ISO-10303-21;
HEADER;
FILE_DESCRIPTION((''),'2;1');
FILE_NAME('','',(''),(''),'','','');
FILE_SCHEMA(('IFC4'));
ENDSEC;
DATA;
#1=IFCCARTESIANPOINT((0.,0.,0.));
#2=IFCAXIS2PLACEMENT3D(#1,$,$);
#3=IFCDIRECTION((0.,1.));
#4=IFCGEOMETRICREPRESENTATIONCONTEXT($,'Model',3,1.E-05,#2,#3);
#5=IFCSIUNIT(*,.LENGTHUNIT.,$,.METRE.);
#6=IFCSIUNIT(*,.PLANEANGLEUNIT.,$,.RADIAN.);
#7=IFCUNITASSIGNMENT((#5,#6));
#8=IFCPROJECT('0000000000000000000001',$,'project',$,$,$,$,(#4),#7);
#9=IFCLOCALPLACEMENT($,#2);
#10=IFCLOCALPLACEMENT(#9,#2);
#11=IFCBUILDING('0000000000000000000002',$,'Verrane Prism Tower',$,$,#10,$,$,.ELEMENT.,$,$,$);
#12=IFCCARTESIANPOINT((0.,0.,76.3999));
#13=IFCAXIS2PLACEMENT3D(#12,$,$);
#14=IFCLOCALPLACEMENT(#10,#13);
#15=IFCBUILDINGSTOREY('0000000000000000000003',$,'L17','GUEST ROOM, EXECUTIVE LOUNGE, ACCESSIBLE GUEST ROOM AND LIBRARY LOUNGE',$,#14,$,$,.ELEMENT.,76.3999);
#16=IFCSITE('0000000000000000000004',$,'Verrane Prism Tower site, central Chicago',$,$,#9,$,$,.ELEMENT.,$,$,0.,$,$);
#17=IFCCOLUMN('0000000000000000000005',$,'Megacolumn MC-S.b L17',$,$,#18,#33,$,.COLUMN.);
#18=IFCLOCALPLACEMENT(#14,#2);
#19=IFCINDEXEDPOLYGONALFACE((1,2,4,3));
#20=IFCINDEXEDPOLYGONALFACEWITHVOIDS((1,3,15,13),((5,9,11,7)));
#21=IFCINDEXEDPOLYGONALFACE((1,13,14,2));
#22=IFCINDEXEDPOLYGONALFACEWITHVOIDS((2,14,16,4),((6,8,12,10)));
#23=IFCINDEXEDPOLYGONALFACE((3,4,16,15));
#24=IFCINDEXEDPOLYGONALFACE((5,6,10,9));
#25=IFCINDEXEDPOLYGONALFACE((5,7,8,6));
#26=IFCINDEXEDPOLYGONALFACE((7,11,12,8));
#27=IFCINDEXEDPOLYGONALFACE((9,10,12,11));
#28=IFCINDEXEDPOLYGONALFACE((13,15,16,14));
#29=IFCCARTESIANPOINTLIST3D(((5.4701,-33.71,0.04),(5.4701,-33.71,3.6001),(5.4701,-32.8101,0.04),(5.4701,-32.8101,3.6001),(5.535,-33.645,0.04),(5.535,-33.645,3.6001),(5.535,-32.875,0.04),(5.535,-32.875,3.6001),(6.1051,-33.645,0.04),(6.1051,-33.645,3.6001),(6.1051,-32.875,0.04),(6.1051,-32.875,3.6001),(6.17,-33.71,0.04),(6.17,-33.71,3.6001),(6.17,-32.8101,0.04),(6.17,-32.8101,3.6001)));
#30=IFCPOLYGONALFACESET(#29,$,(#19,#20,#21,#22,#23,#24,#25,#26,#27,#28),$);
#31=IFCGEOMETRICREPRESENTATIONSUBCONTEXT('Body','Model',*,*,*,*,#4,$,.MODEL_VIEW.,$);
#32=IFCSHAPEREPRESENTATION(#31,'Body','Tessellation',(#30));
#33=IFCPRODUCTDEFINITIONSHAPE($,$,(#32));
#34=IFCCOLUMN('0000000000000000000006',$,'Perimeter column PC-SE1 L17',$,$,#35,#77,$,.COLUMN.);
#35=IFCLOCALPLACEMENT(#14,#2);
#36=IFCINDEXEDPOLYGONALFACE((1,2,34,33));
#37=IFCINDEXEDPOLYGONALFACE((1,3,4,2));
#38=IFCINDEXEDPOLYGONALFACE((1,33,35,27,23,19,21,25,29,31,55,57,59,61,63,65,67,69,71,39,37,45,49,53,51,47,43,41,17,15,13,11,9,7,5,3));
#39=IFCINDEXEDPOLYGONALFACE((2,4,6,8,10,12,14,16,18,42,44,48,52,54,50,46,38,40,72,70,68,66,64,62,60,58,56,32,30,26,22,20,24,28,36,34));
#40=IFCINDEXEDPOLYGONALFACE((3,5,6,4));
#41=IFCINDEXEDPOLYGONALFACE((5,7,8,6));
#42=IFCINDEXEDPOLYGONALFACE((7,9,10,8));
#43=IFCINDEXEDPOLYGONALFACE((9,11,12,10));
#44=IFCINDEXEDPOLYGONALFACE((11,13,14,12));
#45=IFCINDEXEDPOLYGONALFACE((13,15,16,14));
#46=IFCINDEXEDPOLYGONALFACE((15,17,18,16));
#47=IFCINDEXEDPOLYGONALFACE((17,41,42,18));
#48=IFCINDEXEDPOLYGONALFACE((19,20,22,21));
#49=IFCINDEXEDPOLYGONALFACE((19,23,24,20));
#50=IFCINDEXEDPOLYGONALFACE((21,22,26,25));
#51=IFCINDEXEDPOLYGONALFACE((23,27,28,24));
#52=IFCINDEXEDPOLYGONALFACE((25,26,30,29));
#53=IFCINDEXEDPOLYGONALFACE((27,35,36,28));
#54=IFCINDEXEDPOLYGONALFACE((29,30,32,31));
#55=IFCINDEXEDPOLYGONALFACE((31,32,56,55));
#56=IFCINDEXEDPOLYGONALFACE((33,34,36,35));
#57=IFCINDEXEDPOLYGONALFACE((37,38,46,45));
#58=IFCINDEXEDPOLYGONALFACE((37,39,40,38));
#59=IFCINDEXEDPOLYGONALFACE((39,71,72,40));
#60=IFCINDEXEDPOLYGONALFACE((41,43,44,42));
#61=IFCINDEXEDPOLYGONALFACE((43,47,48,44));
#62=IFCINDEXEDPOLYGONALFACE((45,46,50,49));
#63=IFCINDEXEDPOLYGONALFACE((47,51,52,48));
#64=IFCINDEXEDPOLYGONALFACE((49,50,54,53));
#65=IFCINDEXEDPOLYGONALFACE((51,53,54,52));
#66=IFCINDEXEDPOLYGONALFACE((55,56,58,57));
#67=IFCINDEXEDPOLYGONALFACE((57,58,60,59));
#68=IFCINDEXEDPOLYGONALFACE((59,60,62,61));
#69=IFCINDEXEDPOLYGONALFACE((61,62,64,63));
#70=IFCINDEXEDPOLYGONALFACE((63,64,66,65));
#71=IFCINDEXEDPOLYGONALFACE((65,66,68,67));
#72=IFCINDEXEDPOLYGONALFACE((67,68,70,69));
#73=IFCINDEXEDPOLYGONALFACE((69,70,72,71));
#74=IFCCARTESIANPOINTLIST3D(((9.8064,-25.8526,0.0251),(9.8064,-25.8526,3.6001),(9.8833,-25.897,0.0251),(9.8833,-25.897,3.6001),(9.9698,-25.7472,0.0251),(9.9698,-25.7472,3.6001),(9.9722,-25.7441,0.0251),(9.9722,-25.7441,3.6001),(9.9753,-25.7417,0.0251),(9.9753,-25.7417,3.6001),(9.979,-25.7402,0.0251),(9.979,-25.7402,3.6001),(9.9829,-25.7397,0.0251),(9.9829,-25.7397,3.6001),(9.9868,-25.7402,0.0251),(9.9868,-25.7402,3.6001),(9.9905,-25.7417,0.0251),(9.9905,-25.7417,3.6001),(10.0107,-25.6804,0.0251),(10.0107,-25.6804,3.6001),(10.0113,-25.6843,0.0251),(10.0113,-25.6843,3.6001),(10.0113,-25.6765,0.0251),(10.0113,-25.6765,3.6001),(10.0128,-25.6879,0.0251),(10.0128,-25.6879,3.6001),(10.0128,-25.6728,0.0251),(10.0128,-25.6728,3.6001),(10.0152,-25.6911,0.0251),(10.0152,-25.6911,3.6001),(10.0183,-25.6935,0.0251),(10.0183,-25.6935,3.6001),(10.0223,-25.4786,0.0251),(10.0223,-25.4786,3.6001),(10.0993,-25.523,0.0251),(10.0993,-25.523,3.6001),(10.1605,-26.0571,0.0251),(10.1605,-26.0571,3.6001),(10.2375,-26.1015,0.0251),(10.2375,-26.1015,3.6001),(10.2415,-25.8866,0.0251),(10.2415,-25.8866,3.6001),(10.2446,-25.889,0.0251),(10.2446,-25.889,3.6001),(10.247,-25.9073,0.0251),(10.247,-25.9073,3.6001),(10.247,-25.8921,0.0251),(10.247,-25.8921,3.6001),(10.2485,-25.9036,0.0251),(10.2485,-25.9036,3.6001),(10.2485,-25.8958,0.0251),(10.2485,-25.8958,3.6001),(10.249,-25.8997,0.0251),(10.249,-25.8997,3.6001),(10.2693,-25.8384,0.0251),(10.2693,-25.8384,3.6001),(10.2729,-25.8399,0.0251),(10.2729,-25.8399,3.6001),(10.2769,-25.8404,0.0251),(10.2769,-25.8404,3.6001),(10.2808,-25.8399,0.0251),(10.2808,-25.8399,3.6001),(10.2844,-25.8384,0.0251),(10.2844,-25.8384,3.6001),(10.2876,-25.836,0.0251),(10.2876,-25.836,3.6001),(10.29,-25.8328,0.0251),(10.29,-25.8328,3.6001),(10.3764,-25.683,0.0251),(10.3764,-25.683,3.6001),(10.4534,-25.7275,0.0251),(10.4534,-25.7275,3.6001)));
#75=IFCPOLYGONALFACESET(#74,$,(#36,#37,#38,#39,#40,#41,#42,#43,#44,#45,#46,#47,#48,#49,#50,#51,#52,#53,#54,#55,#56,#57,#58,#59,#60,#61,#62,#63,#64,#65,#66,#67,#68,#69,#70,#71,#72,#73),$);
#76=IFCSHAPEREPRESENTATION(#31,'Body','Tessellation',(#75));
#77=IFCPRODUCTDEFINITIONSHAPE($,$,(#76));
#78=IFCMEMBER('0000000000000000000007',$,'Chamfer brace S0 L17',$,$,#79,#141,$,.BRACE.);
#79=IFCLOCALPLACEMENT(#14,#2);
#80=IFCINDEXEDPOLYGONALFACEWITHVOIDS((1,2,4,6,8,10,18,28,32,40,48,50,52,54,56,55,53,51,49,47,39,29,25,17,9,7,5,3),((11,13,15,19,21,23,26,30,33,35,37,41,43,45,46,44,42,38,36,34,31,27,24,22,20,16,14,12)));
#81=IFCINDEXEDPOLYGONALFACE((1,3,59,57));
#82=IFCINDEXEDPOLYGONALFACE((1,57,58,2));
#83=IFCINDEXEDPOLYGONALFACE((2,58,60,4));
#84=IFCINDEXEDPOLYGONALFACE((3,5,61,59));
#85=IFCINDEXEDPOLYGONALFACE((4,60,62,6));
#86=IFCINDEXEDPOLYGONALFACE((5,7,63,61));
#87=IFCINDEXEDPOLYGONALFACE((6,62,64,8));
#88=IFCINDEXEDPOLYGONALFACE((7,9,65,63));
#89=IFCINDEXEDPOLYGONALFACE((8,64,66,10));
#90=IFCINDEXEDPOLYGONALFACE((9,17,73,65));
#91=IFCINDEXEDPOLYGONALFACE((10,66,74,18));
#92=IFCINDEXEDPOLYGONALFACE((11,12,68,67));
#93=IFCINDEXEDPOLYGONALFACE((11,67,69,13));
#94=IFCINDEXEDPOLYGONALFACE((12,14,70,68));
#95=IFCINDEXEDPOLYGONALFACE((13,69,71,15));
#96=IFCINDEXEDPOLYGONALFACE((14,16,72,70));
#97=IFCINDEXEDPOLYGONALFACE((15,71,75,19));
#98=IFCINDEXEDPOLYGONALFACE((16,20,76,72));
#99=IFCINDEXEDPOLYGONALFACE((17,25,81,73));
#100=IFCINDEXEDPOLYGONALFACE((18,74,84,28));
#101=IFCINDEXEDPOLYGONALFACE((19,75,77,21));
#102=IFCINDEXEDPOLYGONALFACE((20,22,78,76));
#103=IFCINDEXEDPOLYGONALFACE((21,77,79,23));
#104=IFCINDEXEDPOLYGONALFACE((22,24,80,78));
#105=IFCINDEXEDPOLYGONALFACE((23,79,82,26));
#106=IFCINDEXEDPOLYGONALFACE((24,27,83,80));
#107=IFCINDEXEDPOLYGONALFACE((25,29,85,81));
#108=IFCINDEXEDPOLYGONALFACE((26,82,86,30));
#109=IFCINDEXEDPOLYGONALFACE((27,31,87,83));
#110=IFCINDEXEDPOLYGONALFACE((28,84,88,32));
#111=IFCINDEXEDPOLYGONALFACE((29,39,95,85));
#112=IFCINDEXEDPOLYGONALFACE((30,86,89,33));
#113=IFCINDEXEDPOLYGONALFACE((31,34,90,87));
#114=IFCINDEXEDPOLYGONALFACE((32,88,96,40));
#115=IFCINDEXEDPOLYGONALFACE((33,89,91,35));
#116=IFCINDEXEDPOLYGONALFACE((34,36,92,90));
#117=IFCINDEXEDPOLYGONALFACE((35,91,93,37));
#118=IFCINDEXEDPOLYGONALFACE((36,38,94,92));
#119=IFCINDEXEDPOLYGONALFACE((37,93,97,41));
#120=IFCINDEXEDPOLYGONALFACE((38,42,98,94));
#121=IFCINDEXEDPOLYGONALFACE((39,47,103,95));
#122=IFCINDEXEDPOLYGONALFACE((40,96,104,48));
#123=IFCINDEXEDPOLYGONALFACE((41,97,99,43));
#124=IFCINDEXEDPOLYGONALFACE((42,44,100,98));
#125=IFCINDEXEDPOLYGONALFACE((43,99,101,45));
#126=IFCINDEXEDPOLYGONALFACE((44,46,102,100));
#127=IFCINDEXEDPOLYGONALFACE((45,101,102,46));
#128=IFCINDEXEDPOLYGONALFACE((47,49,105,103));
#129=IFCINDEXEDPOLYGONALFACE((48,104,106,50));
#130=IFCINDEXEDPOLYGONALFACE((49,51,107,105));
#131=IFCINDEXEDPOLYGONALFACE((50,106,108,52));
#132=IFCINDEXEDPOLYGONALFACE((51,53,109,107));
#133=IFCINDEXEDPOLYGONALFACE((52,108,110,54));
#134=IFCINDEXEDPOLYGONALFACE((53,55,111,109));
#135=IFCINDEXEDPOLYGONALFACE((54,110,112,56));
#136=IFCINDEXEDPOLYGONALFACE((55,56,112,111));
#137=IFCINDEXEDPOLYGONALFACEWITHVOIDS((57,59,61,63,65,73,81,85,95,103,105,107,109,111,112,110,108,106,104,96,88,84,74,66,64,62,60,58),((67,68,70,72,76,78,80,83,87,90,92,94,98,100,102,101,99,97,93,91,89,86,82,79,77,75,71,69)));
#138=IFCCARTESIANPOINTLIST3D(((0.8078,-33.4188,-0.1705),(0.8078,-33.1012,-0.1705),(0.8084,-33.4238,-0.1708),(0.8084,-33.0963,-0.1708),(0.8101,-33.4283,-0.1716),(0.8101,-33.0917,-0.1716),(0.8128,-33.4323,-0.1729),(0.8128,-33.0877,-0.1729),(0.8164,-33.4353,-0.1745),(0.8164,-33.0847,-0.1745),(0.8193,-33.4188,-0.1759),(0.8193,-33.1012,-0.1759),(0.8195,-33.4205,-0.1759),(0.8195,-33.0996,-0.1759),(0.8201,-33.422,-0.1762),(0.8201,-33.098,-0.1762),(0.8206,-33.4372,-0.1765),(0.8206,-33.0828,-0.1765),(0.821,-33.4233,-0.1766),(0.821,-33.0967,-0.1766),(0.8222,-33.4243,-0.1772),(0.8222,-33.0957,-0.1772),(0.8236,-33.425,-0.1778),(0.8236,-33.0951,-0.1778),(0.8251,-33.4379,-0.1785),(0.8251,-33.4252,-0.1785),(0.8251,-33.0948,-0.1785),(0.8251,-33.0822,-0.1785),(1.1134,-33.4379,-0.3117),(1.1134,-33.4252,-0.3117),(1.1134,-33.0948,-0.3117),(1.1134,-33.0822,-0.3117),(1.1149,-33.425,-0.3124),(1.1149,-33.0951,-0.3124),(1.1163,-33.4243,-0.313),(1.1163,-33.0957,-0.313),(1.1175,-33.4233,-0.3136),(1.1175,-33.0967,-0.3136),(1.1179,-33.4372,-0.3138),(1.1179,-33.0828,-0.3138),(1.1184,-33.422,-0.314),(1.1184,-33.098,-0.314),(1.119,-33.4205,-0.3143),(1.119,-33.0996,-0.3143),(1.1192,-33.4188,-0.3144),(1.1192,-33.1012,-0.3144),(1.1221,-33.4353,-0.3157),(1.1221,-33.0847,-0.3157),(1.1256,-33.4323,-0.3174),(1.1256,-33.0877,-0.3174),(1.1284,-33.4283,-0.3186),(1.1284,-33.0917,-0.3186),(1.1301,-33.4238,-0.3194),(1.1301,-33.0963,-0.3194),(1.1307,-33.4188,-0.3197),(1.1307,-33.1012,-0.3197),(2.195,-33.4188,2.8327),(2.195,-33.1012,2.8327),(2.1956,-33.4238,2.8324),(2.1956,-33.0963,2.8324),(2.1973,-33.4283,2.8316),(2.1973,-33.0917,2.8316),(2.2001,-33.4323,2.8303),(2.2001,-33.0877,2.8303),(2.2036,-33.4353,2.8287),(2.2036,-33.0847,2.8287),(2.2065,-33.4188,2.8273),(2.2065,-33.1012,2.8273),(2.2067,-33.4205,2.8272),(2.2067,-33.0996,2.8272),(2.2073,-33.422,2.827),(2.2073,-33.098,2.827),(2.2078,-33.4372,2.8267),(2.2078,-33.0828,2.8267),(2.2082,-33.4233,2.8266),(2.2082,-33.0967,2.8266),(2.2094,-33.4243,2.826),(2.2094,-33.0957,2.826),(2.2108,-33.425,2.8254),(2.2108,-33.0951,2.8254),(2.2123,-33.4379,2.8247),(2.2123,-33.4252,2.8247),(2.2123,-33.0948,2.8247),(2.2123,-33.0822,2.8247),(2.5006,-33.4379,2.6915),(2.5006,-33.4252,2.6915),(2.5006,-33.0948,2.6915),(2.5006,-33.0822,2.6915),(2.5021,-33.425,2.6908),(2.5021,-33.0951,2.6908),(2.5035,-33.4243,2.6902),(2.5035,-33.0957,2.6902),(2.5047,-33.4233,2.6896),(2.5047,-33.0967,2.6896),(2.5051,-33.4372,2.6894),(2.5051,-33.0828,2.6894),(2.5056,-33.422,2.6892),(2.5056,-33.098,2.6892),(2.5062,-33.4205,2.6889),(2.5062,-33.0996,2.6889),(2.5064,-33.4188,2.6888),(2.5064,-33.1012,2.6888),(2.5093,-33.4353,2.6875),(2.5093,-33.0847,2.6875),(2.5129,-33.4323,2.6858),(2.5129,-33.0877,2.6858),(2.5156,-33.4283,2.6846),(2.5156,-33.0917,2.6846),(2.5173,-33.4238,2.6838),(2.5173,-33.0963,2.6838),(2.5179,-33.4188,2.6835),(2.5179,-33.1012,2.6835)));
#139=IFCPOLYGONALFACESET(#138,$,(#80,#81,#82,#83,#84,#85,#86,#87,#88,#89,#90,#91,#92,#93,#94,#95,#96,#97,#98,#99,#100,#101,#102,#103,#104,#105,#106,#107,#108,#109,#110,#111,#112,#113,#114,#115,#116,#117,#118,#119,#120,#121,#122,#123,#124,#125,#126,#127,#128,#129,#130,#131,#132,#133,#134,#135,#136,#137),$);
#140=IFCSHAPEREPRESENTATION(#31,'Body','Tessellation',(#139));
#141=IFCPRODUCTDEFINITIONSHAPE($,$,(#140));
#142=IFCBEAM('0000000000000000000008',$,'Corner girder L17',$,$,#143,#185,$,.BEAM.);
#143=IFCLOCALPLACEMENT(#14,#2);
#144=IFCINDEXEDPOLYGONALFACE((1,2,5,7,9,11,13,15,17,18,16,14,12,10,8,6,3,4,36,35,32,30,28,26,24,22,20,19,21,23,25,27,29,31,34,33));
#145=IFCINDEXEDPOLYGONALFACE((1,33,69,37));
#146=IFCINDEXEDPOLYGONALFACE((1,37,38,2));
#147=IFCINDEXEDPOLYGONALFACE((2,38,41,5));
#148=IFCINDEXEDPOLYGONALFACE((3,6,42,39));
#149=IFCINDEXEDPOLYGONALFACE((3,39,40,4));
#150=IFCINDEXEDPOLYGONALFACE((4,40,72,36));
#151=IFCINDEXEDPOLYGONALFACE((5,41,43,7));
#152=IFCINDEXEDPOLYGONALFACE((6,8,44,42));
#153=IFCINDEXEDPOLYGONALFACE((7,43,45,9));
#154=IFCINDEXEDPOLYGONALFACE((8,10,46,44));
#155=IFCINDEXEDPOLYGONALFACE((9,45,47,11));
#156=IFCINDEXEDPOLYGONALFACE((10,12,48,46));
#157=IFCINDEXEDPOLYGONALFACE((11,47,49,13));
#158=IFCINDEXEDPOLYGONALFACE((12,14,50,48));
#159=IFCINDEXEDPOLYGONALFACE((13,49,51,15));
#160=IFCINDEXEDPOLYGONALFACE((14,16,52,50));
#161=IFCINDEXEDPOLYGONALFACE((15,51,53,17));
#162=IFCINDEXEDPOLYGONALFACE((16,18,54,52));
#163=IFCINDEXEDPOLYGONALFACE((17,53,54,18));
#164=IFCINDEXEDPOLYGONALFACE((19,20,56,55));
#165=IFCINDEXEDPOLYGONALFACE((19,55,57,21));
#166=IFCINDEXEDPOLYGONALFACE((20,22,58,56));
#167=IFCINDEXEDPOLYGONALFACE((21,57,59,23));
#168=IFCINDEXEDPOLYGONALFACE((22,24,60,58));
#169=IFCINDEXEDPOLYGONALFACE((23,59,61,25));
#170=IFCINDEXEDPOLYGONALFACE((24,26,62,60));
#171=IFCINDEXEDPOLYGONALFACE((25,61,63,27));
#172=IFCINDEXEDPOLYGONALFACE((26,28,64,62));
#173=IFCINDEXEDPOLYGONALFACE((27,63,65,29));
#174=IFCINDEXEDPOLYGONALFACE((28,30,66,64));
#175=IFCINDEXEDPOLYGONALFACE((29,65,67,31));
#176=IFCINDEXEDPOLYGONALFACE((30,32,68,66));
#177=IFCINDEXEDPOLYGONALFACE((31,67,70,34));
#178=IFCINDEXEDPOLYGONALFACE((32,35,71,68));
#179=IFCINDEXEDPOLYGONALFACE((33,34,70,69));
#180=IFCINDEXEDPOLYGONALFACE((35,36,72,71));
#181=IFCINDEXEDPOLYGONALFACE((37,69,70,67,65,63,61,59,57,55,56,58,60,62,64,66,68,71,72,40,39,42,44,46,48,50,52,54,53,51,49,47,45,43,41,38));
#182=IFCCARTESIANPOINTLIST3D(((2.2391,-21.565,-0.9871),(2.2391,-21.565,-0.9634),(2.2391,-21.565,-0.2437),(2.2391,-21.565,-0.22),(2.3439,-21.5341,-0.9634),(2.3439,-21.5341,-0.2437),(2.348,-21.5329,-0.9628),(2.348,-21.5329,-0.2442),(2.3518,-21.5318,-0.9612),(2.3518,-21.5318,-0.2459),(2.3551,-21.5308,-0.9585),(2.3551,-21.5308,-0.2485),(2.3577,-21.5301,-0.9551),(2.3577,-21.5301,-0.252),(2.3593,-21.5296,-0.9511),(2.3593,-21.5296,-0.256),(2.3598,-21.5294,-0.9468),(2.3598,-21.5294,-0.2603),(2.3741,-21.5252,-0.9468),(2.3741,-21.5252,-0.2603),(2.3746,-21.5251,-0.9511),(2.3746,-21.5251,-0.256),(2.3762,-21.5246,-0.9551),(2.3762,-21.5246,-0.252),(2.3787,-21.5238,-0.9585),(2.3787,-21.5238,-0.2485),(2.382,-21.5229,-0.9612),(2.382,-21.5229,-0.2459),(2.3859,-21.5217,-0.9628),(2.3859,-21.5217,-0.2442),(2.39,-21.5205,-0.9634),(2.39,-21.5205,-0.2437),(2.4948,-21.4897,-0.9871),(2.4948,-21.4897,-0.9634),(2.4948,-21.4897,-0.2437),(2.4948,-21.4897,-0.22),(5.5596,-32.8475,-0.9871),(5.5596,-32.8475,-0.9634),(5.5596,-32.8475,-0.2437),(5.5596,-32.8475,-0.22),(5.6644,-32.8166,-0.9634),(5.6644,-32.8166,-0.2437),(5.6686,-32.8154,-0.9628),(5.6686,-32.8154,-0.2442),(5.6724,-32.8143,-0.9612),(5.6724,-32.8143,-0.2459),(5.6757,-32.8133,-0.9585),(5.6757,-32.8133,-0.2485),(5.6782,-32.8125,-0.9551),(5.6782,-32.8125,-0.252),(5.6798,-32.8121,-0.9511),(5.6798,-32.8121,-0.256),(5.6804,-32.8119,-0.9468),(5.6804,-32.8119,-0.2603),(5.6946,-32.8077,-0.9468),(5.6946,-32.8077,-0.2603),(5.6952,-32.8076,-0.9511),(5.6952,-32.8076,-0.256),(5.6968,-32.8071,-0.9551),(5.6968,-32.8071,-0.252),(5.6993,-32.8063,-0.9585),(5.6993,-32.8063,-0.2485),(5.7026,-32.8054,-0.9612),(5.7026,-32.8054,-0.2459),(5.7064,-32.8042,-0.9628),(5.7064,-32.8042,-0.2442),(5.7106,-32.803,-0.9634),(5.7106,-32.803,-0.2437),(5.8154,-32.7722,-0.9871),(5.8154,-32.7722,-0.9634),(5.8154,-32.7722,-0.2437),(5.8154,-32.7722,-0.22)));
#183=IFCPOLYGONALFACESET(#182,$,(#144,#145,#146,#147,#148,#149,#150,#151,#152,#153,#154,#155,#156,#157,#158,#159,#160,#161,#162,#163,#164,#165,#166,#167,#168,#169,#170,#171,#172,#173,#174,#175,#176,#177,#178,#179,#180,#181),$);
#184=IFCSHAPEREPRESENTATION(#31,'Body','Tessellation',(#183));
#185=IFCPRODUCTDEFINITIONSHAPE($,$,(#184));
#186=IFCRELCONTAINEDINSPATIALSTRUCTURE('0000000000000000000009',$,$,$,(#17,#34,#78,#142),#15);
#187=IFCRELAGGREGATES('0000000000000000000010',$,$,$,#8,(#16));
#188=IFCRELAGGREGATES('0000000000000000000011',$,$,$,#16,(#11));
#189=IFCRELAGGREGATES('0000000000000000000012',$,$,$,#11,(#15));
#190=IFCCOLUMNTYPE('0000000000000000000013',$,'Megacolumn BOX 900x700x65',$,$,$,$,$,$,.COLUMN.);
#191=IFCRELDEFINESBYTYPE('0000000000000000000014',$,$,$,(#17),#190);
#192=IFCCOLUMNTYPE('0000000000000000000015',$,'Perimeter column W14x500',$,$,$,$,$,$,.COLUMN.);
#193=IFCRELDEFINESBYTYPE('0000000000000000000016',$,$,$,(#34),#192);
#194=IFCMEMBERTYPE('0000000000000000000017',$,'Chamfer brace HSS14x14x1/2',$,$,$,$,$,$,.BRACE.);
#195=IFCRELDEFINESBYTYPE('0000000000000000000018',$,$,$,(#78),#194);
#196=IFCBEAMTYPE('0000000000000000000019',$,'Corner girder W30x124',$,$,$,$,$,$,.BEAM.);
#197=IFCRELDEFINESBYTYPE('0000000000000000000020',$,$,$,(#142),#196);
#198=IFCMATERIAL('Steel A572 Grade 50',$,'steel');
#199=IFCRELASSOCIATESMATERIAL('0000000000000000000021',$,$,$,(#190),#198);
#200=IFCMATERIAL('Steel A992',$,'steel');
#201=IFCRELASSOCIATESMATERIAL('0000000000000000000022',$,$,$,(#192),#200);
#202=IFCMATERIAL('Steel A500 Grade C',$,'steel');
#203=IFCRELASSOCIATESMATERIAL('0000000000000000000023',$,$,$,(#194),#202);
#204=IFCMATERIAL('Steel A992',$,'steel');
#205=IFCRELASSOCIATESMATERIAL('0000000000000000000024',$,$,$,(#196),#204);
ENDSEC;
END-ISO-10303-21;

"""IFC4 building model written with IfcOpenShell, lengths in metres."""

from ifc_helpers import new_model, si_unit, direction, frame, origin, origin_2d, place, context, subcontext, project, spatial, hollow_rectangle, i_section, extrude, material, material_profile, profile_set, type_object, element, save


model = new_model("IFC4")

# Units and contexts
model_context = context("Model", 3, precision=1e-05, world=origin(), true_north=direction((0.0, 1.0)))
body_context = subcontext(model_context, "Body", "Model", "MODEL_VIEW")
ifc_project = project(units=[si_unit("LENGTHUNIT", "METRE"), si_unit("PLANEANGLEUNIT", "RADIAN")], contexts=[model_context])

# Site, building, storey
site_placement = place(None, origin())
site = spatial("IfcSite", under=ifc_project, at=site_placement, Name="Verrane Prism Tower site, central Chicago", CompositionType="ELEMENT", RefElevation=0.0)
building_placement = place(site_placement, origin())
building = spatial("IfcBuilding", under=site, at=building_placement, Name="Verrane Prism Tower", CompositionType="ELEMENT")
storey_placement = place(building_placement, frame((0.0, 0.0, 76.3999)))
storey = spatial("IfcBuildingStorey", under=building, at=storey_placement, Name="L17", Description="GUEST ROOM, EXECUTIVE LOUNGE, ACCESSIBLE GUEST ROOM AND LIBRARY LOUNGE", CompositionType="ELEMENT", Elevation=76.3999)

# Columns
ifc_material_1 = material(Name="Steel A572 Grade 50", Category="steel")
ifc_material_profile_1 = material_profile(ifc_material_1, hollow_rectangle(XDim=0.7, YDim=0.8999, WallThickness=0.0649, at=origin_2d()), Name="BOX 900x700x65")
ifc_profile_set_1 = profile_set([ifc_material_profile_1], Name="Steel A572 Grade 50")
column_type_1 = type_object("IfcColumnType", Name="Megacolumn BOX 900x700x65", PredefinedType="COLUMN", material=ifc_profile_set_1)
column_1_placement = place(storey_placement, frame((5.8201, -33.26, 0.04), z_axis=(0.0, 0.0, 1.0), x_axis=(-1.0, 0.0, 0.0)))
element("IfcColumn", 1, at=column_1_placement, inside=storey, type_object=column_type_1, Name="Megacolumn MC-S.b L17", PredefinedType="COLUMN", context=body_context, shape_type="SweptSolid", body=[
    extrude(hollow_rectangle(XDim=0.7, YDim=0.8999, WallThickness=0.0649, at=origin_2d()), origin(), (0.0, 0.0, 1.0), 3.5601),
])
ifc_material_2 = material(Name="Steel A992", Category="steel")
ifc_material_profile_2 = material_profile(ifc_material_2, i_section(OverallWidth=0.4319, OverallDepth=0.4978, WebThickness=0.0557, FlangeThickness=0.0889, FilletRadius=0.0151, at=origin_2d()), Name="W14x500")
ifc_profile_set_2 = profile_set([ifc_material_profile_2], Name="Steel A992")
column_type_2 = type_object("IfcColumnType", Name="Perimeter column W14x500", PredefinedType="COLUMN", material=ifc_profile_set_2)
column_2_placement = place(storey_placement, frame((10.1299, -25.79, 0.0251), z_axis=(0.0, 0.0, 1.0), x_axis=(-0.5, -0.866025, 0.0)))
element("IfcColumn", 2, at=column_2_placement, inside=storey, type_object=column_type_2, Name="Perimeter column PC-SE1 L17", PredefinedType="COLUMN", context=body_context, shape_type="SweptSolid", body=[
    extrude(i_section(OverallWidth=0.4319, OverallDepth=0.4978, WebThickness=0.0557, FlangeThickness=0.0889, FilletRadius=0.0151, at=origin_2d()), origin(), (0.0, 0.0, 1.0), 3.575),
])

# Member
ifc_material_3 = material(Name="Steel A500 Grade C", Category="steel")
ifc_material_profile_3 = material_profile(ifc_material_3, hollow_rectangle(XDim=0.3557, YDim=0.3557, WallThickness=0.0127, InnerFilletRadius=0.0063, OuterFilletRadius=0.019, at=origin_2d()), Name="HSS14x14x1/2")
ifc_profile_set_3 = profile_set([ifc_material_profile_3], Name="Steel A500 Grade C")
member_type_1 = type_object("IfcMemberType", Name="Chamfer brace HSS14x14x1/2", PredefinedType="BRACE", material=ifc_profile_set_3)
member_1_placement = place(storey_placement, frame((0.9692, -33.26, -0.2451), z_axis=(0.419339, 0.0, 0.90783), x_axis=(0.0, 1.0, 0.0)))
element("IfcMember", 3, at=member_1_placement, inside=storey, type_object=member_type_1, Name="Chamfer brace S0 L17", PredefinedType="BRACE", context=body_context, shape_type="SweptSolid", body=[
    extrude(hollow_rectangle(XDim=0.3557, YDim=0.3557, WallThickness=0.0127, InnerFilletRadius=0.0063, OuterFilletRadius=0.019, at=origin_2d()), origin(), (0.0, 0.0, 1.0), 3.3081),
])

# Beam
ifc_material_4 = material(Name="Steel A992", Category="steel")
ifc_material_profile_4 = material_profile(ifc_material_4, i_section(OverallWidth=0.2666, OverallDepth=0.7671, WebThickness=0.0149, FlangeThickness=0.0237, FilletRadius=0.0166, at=origin_2d()), Name="W30x124")
ifc_profile_set_4 = profile_set([ifc_material_profile_4], Name="Steel A992")
beam_type_1 = type_object("IfcBeamType", Name="Corner girder W30x124", PredefinedType="BEAM", material=ifc_profile_set_4)
beam_1_placement = place(storey_placement, frame((5.6875, -32.8098, -0.6035), z_axis=(-0.282337, 0.959315, 0.0), x_axis=(-0.959315, -0.282337, 0.0)))
element("IfcBeam", 4, at=beam_1_placement, inside=storey, type_object=beam_type_1, Name="Corner girder L17", PredefinedType="BEAM", context=body_context, shape_type="SweptSolid", body=[
    extrude(i_section(OverallWidth=0.2666, OverallDepth=0.7671, WebThickness=0.0149, FlangeThickness=0.0237, FilletRadius=0.0166, at=origin_2d()), origin(), (0.0, 0.0, 1.0), 11.761),
])

save(model, "model.ifc")
